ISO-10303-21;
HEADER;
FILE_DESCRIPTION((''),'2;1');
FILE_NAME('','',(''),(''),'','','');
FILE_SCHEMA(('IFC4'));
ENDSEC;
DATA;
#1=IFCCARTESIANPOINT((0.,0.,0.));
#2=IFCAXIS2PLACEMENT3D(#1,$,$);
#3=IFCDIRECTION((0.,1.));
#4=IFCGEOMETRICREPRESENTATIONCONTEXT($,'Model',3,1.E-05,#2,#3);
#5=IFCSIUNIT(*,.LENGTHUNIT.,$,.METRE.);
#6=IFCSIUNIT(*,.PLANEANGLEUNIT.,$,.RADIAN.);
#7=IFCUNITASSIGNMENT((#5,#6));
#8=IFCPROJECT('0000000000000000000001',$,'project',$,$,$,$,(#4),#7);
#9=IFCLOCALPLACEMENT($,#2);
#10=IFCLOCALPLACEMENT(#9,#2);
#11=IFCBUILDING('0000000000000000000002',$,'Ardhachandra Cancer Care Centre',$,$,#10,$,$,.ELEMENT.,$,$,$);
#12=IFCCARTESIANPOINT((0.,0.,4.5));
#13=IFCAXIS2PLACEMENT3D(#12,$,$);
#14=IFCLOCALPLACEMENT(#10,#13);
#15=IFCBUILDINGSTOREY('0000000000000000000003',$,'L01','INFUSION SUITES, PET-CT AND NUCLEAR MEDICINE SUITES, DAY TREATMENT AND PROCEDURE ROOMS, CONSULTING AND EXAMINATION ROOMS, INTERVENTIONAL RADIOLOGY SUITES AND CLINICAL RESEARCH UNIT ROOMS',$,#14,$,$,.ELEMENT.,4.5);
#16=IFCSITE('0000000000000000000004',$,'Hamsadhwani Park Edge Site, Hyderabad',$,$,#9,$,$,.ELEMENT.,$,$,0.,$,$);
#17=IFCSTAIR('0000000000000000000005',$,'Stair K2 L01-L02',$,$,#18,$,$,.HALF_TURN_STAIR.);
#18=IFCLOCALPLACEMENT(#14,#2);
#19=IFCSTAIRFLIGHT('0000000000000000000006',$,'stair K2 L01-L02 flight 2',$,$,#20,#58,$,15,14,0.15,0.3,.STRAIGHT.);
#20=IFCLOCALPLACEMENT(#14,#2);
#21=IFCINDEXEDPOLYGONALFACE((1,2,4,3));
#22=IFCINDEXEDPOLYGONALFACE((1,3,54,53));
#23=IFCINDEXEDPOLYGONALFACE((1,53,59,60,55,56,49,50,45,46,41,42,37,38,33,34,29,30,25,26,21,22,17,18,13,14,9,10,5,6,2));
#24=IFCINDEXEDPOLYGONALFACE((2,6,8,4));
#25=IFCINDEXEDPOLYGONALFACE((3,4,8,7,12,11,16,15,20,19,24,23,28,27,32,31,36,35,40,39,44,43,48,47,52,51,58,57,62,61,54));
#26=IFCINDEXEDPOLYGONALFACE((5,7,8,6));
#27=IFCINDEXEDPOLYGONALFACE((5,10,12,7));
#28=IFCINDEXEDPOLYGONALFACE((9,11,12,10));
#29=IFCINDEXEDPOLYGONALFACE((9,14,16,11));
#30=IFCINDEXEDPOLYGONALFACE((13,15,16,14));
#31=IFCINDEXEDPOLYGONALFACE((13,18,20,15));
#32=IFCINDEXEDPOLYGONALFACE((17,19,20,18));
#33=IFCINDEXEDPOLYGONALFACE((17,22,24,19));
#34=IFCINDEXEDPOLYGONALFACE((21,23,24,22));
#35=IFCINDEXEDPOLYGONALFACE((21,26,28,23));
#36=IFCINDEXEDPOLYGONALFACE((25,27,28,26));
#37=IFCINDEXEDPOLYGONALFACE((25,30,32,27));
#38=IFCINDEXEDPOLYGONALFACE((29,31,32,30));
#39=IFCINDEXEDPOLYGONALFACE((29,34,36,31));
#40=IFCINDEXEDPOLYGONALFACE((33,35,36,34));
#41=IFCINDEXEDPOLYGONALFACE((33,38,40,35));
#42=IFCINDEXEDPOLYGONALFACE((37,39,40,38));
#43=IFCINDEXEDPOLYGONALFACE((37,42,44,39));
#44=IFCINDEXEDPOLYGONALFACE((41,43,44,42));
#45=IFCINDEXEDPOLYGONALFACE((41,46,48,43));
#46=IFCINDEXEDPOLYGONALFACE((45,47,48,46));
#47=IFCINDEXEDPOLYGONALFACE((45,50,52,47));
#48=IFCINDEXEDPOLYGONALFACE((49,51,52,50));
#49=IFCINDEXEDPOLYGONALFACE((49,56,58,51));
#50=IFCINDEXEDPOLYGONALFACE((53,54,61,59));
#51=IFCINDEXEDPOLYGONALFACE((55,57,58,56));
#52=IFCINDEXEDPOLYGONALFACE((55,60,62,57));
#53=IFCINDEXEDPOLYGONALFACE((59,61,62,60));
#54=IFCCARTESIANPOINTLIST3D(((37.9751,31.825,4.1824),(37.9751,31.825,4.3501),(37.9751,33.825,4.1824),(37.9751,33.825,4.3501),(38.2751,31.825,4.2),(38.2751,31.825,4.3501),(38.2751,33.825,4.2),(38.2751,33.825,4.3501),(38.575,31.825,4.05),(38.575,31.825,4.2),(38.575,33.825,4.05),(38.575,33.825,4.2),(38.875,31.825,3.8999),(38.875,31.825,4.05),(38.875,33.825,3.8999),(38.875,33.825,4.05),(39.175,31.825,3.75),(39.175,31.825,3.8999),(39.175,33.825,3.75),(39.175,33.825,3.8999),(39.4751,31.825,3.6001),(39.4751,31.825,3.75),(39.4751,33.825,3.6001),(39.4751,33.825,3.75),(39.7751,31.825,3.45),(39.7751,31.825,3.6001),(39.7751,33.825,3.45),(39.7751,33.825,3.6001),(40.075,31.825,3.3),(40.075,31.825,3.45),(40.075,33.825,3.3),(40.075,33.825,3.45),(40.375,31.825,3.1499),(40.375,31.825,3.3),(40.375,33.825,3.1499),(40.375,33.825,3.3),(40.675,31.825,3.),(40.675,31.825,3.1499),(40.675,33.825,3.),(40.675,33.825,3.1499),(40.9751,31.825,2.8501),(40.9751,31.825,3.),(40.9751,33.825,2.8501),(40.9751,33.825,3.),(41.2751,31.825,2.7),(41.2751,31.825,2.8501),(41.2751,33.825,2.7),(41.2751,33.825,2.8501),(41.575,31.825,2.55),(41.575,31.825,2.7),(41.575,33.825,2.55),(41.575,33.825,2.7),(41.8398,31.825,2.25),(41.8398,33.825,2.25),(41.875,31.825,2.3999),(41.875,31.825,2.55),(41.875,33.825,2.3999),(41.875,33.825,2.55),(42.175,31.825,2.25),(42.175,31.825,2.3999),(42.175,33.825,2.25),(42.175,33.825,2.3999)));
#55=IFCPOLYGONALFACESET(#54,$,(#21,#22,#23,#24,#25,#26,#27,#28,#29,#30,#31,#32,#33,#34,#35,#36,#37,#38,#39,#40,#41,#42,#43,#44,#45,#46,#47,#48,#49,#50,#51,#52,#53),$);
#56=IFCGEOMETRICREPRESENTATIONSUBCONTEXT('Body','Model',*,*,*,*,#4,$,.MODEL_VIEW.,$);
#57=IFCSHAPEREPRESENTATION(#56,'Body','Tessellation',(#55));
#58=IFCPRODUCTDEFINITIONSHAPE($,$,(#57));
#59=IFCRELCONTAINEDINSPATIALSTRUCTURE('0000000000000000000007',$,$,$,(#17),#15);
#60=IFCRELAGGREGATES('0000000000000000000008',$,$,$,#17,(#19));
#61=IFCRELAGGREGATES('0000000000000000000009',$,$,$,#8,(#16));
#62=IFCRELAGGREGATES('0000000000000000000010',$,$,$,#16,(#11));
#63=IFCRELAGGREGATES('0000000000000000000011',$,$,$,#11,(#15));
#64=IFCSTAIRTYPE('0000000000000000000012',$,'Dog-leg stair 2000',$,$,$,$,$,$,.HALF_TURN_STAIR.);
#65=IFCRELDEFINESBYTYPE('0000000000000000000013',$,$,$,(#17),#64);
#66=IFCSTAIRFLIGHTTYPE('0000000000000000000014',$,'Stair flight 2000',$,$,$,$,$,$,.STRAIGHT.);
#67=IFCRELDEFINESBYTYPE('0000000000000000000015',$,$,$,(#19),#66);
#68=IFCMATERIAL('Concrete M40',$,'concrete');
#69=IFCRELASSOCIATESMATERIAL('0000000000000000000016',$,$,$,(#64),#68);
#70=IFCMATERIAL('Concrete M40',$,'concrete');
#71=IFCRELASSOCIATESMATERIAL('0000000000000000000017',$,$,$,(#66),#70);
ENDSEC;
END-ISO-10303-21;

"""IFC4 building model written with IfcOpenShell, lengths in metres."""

from ifc_helpers import new_model, si_unit, direction, frame, origin, place, context, subcontext, project, spatial, polyline, outline, extrude, material, type_object, element, aggregate, save


model = new_model("IFC4")

# Units and contexts
model_context = context("Model", 3, precision=1e-05, world=origin(), true_north=direction((0.0, 1.0)))
body_context = subcontext(model_context, "Body", "Model", "MODEL_VIEW")
ifc_project = project(units=[si_unit("LENGTHUNIT", "METRE"), si_unit("PLANEANGLEUNIT", "RADIAN")], contexts=[model_context])

# Site, building, storey
site_placement = place(None, origin())
site = spatial("IfcSite", under=ifc_project, at=site_placement, Name="Hamsadhwani Park Edge Site, Hyderabad", CompositionType="ELEMENT", RefElevation=0.0)
building_placement = place(site_placement, origin())
building = spatial("IfcBuilding", under=site, at=building_placement, Name="Ardhachandra Cancer Care Centre", CompositionType="ELEMENT")
storey_placement = place(building_placement, frame((0.0, 0.0, 4.5)))
storey = spatial("IfcBuildingStorey", under=building, at=storey_placement, Name="L01", Description="INFUSION SUITES, PET-CT AND NUCLEAR MEDICINE SUITES, DAY TREATMENT AND PROCEDURE ROOMS, CONSULTING AND EXAMINATION ROOMS, INTERVENTIONAL RADIOLOGY SUITES AND CLINICAL RESEARCH UNIT ROOMS", CompositionType="ELEMENT", Elevation=4.5)

# Stair, stair flight
ifc_material_1 = material(Name="Concrete M40", Category="concrete")
stair_type = type_object("IfcStairType", Name="Dog-leg stair 2000", PredefinedType="HALF_TURN_STAIR", material=ifc_material_1)
stair_placement = place(storey_placement, origin())
stair = element("IfcStair", 1, at=stair_placement, inside=storey, type_object=stair_type, Name="Stair K2 L01-L02", PredefinedType="HALF_TURN_STAIR")
ifc_material_2 = material(Name="Concrete M40", Category="concrete")
stair_flight_type = type_object("IfcStairFlightType", Name="Stair flight 2000", PredefinedType="STRAIGHT", material=ifc_material_2)
stair_flight_placement = place(storey_placement, frame((42.175, 32.825, 2.25), z_axis=(0.0, 0.0, 1.0), x_axis=(-1.0, 0.0, 0.0)))
stair_flight = element("IfcStairFlight", 2, at=stair_flight_placement, type_object=stair_flight_type, Name="stair K2 L01-L02 flight 2", NumberOfRisers=15, NumberOfTreads=14, PredefinedType="STRAIGHT", RiserHeight=0.15, TreadLength=0.3, context=body_context, shape_type="SweptSolid", body=[
    extrude(outline(polyline([(0.0, 0.0), (0.0, 0.1499), (0.3, 0.1499), (0.3, 0.3), (0.6001, 0.3), (0.6001, 0.45), (0.8999, 0.45), (0.8999, 0.6001), (1.2, 0.6001), (1.2, 0.75), (1.5, 0.75), (1.5, 0.8999), (1.8, 0.8999), (1.8, 1.05), (2.1001, 1.05), (2.1001, 1.2), (2.3999, 1.2), (2.3999, 1.3501), (2.7, 1.3501), (2.7, 1.5), (3.0, 1.5), (3.0, 1.6499), (3.3, 1.6499), (3.3, 1.8), (3.6001, 1.8), (3.6001, 1.95), (3.8999, 1.95), (3.8999, 2.1001), (4.2, 2.1001), (4.2, 2.25), (4.2, 1.9324), (0.3352, 0.0), (0.0, 0.0)])), frame((0.0, 1.0, 0.0), z_axis=(0.0, -1.0, 0.0), x_axis=(1.0, 0.0, 0.0)), (0.0, 0.0, 1.0), 2.0),
])
aggregate(stair, [stair_flight])

save(model, "model.ifc")
